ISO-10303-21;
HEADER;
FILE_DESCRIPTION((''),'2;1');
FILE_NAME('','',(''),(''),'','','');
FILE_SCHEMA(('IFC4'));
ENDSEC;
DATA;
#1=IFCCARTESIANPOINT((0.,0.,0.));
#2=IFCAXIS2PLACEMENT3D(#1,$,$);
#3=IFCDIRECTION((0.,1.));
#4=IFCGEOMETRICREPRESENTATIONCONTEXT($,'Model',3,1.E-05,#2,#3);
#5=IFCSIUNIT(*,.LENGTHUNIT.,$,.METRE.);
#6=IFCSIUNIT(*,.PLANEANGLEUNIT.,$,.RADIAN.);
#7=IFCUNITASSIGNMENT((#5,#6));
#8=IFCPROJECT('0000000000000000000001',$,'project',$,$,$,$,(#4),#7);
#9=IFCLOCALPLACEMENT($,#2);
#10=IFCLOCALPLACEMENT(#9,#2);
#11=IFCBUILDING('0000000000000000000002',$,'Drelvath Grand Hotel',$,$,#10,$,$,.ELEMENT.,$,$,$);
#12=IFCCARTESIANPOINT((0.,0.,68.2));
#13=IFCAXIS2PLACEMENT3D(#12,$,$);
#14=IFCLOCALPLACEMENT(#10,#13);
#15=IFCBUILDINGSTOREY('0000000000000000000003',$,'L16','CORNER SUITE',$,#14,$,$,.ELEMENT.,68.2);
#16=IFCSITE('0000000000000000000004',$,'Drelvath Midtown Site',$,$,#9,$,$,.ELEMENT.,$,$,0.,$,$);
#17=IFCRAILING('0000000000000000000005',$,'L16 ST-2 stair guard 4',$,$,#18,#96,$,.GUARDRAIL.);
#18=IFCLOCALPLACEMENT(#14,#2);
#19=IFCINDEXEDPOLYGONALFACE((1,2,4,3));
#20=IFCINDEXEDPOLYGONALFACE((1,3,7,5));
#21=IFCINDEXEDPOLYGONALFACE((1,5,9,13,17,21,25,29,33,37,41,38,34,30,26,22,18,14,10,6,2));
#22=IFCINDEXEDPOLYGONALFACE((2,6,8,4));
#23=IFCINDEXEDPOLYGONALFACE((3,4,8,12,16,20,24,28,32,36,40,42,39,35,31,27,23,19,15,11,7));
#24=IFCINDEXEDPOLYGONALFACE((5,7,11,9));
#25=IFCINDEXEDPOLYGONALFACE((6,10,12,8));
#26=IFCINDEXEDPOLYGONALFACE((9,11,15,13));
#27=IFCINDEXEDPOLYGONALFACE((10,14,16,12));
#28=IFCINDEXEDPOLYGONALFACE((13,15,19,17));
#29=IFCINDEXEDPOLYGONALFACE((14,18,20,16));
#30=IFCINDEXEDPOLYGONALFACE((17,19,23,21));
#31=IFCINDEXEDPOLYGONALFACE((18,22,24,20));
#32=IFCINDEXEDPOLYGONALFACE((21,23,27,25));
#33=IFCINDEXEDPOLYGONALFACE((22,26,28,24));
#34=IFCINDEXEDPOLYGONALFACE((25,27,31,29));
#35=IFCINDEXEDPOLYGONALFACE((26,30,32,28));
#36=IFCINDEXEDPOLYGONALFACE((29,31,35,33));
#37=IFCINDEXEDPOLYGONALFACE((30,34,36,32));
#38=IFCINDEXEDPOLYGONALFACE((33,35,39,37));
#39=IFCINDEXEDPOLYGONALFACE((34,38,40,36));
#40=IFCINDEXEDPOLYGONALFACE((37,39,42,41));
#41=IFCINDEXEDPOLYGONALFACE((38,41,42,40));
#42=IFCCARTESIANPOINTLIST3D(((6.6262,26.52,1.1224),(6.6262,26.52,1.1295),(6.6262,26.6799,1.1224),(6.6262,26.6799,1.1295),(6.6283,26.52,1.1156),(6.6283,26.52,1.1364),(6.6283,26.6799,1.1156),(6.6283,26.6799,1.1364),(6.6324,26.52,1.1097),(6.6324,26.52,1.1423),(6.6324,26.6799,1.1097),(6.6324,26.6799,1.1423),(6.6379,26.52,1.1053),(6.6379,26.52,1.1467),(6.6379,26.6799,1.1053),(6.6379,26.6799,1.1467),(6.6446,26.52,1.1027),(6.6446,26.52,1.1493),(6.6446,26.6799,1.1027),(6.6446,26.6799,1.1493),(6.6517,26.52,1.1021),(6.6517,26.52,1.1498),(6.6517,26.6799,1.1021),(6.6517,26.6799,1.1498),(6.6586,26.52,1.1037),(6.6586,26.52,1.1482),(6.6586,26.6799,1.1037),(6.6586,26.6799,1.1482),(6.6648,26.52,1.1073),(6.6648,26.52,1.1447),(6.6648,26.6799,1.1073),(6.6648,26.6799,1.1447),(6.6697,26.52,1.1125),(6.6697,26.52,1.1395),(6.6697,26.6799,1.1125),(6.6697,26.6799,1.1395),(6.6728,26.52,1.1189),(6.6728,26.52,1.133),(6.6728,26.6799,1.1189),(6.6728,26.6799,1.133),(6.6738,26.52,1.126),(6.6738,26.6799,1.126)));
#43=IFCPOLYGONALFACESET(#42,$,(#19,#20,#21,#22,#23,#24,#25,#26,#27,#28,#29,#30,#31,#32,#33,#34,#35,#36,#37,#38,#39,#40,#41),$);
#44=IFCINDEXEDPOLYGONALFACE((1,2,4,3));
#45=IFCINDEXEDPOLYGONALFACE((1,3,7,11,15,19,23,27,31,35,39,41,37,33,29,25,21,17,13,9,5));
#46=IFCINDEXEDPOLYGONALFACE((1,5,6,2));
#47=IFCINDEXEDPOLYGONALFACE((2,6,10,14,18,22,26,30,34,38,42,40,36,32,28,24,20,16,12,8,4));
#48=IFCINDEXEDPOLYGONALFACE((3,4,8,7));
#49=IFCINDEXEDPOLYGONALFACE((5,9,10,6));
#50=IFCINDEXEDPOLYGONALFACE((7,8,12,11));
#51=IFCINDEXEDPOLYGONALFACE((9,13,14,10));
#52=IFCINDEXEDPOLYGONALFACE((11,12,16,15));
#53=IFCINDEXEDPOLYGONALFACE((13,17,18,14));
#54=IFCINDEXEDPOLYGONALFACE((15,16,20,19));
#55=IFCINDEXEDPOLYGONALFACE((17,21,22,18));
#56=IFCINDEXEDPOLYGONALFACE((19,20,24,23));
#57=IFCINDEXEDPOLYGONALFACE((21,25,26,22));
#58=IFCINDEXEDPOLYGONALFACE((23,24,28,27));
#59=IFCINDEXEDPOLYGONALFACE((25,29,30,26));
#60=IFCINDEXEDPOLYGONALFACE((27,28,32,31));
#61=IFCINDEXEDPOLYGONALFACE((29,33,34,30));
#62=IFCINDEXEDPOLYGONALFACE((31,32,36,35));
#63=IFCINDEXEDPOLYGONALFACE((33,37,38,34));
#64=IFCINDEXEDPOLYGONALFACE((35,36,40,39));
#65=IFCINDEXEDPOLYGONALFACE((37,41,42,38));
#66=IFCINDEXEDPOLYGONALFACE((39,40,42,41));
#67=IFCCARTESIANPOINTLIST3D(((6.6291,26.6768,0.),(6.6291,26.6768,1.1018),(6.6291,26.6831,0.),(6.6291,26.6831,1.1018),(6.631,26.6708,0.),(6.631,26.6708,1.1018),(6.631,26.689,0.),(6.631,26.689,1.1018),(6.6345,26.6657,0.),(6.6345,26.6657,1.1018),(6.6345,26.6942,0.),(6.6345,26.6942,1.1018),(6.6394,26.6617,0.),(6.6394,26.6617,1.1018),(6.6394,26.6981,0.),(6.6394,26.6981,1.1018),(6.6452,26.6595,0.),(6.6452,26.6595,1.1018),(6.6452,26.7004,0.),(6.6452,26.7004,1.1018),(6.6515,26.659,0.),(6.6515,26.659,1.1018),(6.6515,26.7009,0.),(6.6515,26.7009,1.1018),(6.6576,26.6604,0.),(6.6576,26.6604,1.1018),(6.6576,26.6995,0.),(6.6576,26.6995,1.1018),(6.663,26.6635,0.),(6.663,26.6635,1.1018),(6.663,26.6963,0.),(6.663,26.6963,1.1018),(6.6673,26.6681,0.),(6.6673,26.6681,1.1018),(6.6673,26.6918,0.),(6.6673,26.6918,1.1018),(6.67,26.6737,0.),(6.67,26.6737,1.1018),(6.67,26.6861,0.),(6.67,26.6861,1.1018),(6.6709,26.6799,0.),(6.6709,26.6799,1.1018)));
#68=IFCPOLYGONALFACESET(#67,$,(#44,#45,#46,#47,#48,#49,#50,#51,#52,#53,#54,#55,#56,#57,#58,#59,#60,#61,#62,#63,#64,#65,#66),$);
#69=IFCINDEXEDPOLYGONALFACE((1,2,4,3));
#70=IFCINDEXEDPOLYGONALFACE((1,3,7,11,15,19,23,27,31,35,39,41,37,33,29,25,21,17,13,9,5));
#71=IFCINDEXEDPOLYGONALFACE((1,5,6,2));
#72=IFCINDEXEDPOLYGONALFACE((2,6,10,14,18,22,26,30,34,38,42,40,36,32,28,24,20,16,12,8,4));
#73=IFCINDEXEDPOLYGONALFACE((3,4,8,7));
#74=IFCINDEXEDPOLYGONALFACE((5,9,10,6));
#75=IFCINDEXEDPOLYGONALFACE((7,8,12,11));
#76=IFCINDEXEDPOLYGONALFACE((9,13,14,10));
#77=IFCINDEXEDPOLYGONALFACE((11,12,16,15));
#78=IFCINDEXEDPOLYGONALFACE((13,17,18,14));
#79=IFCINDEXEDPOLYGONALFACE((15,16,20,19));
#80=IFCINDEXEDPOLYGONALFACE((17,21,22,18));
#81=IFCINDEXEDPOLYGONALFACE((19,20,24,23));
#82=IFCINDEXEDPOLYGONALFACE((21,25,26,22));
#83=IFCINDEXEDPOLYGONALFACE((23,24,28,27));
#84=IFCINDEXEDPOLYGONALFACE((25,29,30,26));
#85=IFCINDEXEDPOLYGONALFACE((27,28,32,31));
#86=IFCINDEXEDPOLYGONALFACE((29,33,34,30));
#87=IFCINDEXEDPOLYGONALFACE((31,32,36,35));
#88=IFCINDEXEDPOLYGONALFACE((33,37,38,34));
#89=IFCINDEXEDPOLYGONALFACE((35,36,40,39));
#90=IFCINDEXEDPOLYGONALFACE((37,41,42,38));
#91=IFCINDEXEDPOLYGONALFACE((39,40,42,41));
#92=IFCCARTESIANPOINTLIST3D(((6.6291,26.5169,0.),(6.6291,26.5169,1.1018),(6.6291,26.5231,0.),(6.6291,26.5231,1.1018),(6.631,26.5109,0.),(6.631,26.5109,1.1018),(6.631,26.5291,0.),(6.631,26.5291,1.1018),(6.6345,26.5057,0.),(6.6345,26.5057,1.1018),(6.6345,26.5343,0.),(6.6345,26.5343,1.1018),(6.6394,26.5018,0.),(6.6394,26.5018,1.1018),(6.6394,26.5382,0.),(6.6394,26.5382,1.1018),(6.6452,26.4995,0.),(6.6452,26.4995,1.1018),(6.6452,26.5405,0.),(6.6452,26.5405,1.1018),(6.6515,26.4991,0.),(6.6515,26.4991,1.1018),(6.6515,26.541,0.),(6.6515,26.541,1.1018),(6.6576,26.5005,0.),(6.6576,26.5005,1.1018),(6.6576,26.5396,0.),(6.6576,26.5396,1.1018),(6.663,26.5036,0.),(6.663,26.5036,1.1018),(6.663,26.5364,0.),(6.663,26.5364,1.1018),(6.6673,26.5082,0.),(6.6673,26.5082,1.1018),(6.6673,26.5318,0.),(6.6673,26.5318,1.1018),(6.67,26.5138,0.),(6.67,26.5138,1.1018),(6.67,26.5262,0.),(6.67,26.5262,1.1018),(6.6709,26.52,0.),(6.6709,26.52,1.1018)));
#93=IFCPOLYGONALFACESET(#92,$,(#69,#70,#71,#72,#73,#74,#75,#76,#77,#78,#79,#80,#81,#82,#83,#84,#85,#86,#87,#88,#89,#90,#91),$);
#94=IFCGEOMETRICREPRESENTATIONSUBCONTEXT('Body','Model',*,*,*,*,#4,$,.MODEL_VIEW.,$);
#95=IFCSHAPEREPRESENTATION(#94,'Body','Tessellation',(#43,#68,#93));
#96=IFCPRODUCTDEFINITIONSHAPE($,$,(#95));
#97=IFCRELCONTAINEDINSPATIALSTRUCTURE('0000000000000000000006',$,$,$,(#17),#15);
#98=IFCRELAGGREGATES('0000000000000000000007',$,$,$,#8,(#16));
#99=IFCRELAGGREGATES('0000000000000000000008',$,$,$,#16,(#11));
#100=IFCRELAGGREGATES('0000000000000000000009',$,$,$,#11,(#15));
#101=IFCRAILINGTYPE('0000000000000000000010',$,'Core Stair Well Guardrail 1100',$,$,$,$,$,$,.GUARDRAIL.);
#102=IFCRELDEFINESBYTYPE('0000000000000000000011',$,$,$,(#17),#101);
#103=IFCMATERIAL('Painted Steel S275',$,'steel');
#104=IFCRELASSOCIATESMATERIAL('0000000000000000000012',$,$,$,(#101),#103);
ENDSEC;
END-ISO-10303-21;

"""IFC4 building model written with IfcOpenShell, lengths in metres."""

from ifc_helpers import new_model, si_unit, direction, frame, origin, origin_2d, place, context, subcontext, project, spatial, circle, extrude, material, type_object, element, save


model = new_model("IFC4")

# Units and contexts
model_context = context("Model", 3, precision=1e-05, world=origin(), true_north=direction((0.0, 1.0)))
body_context = subcontext(model_context, "Body", "Model", "MODEL_VIEW")
ifc_project = project(units=[si_unit("LENGTHUNIT", "METRE"), si_unit("PLANEANGLEUNIT", "RADIAN")], contexts=[model_context])

# Site, building, storey
site_placement = place(None, origin())
site = spatial("IfcSite", under=ifc_project, at=site_placement, Name="Drelvath Midtown Site", CompositionType="ELEMENT", RefElevation=0.0)
building_placement = place(site_placement, origin())
building = spatial("IfcBuilding", under=site, at=building_placement, Name="Drelvath Grand Hotel", CompositionType="ELEMENT")
storey_placement = place(building_placement, frame((0.0, 0.0, 68.2)))
storey = spatial("IfcBuildingStorey", under=building, at=storey_placement, Name="L16", Description="CORNER SUITE", CompositionType="ELEMENT", Elevation=68.2)

# Shared definitions
ifc_material_1 = material(Name="Painted Steel S275", Category="steel")

# Railing
railing_type_1 = type_object("IfcRailingType", Name="Core Stair Well Guardrail 1100", PredefinedType="GUARDRAIL", material=ifc_material_1)
railing_1_placement = place(storey_placement, frame((6.6499, 26.6799, 0.0)))
element("IfcRailing", 1, at=railing_1_placement, inside=storey, type_object=railing_type_1, Name="L16 ST-2 stair guard 4", PredefinedType="GUARDRAIL", context=body_context, shape_type="SweptSolid", body=[
    extrude(circle(Radius=0.0239, at=origin_2d()), frame((0.0, 0.0, 1.126), z_axis=(0.0, -1.0, 0.0), x_axis=(1.0, 0.0, 0.0)), (0.0, 0.0, 1.0), 0.1599),
    extrude(circle(Radius=0.021, at=origin_2d()), origin(), (0.0, 0.0, 1.0), 1.1018),
    extrude(circle(Radius=0.021, at=origin_2d()), frame((0.0, -0.1599, 0.0)), (0.0, 0.0, 1.0), 1.1018),
])

save(model, "model.ifc")
